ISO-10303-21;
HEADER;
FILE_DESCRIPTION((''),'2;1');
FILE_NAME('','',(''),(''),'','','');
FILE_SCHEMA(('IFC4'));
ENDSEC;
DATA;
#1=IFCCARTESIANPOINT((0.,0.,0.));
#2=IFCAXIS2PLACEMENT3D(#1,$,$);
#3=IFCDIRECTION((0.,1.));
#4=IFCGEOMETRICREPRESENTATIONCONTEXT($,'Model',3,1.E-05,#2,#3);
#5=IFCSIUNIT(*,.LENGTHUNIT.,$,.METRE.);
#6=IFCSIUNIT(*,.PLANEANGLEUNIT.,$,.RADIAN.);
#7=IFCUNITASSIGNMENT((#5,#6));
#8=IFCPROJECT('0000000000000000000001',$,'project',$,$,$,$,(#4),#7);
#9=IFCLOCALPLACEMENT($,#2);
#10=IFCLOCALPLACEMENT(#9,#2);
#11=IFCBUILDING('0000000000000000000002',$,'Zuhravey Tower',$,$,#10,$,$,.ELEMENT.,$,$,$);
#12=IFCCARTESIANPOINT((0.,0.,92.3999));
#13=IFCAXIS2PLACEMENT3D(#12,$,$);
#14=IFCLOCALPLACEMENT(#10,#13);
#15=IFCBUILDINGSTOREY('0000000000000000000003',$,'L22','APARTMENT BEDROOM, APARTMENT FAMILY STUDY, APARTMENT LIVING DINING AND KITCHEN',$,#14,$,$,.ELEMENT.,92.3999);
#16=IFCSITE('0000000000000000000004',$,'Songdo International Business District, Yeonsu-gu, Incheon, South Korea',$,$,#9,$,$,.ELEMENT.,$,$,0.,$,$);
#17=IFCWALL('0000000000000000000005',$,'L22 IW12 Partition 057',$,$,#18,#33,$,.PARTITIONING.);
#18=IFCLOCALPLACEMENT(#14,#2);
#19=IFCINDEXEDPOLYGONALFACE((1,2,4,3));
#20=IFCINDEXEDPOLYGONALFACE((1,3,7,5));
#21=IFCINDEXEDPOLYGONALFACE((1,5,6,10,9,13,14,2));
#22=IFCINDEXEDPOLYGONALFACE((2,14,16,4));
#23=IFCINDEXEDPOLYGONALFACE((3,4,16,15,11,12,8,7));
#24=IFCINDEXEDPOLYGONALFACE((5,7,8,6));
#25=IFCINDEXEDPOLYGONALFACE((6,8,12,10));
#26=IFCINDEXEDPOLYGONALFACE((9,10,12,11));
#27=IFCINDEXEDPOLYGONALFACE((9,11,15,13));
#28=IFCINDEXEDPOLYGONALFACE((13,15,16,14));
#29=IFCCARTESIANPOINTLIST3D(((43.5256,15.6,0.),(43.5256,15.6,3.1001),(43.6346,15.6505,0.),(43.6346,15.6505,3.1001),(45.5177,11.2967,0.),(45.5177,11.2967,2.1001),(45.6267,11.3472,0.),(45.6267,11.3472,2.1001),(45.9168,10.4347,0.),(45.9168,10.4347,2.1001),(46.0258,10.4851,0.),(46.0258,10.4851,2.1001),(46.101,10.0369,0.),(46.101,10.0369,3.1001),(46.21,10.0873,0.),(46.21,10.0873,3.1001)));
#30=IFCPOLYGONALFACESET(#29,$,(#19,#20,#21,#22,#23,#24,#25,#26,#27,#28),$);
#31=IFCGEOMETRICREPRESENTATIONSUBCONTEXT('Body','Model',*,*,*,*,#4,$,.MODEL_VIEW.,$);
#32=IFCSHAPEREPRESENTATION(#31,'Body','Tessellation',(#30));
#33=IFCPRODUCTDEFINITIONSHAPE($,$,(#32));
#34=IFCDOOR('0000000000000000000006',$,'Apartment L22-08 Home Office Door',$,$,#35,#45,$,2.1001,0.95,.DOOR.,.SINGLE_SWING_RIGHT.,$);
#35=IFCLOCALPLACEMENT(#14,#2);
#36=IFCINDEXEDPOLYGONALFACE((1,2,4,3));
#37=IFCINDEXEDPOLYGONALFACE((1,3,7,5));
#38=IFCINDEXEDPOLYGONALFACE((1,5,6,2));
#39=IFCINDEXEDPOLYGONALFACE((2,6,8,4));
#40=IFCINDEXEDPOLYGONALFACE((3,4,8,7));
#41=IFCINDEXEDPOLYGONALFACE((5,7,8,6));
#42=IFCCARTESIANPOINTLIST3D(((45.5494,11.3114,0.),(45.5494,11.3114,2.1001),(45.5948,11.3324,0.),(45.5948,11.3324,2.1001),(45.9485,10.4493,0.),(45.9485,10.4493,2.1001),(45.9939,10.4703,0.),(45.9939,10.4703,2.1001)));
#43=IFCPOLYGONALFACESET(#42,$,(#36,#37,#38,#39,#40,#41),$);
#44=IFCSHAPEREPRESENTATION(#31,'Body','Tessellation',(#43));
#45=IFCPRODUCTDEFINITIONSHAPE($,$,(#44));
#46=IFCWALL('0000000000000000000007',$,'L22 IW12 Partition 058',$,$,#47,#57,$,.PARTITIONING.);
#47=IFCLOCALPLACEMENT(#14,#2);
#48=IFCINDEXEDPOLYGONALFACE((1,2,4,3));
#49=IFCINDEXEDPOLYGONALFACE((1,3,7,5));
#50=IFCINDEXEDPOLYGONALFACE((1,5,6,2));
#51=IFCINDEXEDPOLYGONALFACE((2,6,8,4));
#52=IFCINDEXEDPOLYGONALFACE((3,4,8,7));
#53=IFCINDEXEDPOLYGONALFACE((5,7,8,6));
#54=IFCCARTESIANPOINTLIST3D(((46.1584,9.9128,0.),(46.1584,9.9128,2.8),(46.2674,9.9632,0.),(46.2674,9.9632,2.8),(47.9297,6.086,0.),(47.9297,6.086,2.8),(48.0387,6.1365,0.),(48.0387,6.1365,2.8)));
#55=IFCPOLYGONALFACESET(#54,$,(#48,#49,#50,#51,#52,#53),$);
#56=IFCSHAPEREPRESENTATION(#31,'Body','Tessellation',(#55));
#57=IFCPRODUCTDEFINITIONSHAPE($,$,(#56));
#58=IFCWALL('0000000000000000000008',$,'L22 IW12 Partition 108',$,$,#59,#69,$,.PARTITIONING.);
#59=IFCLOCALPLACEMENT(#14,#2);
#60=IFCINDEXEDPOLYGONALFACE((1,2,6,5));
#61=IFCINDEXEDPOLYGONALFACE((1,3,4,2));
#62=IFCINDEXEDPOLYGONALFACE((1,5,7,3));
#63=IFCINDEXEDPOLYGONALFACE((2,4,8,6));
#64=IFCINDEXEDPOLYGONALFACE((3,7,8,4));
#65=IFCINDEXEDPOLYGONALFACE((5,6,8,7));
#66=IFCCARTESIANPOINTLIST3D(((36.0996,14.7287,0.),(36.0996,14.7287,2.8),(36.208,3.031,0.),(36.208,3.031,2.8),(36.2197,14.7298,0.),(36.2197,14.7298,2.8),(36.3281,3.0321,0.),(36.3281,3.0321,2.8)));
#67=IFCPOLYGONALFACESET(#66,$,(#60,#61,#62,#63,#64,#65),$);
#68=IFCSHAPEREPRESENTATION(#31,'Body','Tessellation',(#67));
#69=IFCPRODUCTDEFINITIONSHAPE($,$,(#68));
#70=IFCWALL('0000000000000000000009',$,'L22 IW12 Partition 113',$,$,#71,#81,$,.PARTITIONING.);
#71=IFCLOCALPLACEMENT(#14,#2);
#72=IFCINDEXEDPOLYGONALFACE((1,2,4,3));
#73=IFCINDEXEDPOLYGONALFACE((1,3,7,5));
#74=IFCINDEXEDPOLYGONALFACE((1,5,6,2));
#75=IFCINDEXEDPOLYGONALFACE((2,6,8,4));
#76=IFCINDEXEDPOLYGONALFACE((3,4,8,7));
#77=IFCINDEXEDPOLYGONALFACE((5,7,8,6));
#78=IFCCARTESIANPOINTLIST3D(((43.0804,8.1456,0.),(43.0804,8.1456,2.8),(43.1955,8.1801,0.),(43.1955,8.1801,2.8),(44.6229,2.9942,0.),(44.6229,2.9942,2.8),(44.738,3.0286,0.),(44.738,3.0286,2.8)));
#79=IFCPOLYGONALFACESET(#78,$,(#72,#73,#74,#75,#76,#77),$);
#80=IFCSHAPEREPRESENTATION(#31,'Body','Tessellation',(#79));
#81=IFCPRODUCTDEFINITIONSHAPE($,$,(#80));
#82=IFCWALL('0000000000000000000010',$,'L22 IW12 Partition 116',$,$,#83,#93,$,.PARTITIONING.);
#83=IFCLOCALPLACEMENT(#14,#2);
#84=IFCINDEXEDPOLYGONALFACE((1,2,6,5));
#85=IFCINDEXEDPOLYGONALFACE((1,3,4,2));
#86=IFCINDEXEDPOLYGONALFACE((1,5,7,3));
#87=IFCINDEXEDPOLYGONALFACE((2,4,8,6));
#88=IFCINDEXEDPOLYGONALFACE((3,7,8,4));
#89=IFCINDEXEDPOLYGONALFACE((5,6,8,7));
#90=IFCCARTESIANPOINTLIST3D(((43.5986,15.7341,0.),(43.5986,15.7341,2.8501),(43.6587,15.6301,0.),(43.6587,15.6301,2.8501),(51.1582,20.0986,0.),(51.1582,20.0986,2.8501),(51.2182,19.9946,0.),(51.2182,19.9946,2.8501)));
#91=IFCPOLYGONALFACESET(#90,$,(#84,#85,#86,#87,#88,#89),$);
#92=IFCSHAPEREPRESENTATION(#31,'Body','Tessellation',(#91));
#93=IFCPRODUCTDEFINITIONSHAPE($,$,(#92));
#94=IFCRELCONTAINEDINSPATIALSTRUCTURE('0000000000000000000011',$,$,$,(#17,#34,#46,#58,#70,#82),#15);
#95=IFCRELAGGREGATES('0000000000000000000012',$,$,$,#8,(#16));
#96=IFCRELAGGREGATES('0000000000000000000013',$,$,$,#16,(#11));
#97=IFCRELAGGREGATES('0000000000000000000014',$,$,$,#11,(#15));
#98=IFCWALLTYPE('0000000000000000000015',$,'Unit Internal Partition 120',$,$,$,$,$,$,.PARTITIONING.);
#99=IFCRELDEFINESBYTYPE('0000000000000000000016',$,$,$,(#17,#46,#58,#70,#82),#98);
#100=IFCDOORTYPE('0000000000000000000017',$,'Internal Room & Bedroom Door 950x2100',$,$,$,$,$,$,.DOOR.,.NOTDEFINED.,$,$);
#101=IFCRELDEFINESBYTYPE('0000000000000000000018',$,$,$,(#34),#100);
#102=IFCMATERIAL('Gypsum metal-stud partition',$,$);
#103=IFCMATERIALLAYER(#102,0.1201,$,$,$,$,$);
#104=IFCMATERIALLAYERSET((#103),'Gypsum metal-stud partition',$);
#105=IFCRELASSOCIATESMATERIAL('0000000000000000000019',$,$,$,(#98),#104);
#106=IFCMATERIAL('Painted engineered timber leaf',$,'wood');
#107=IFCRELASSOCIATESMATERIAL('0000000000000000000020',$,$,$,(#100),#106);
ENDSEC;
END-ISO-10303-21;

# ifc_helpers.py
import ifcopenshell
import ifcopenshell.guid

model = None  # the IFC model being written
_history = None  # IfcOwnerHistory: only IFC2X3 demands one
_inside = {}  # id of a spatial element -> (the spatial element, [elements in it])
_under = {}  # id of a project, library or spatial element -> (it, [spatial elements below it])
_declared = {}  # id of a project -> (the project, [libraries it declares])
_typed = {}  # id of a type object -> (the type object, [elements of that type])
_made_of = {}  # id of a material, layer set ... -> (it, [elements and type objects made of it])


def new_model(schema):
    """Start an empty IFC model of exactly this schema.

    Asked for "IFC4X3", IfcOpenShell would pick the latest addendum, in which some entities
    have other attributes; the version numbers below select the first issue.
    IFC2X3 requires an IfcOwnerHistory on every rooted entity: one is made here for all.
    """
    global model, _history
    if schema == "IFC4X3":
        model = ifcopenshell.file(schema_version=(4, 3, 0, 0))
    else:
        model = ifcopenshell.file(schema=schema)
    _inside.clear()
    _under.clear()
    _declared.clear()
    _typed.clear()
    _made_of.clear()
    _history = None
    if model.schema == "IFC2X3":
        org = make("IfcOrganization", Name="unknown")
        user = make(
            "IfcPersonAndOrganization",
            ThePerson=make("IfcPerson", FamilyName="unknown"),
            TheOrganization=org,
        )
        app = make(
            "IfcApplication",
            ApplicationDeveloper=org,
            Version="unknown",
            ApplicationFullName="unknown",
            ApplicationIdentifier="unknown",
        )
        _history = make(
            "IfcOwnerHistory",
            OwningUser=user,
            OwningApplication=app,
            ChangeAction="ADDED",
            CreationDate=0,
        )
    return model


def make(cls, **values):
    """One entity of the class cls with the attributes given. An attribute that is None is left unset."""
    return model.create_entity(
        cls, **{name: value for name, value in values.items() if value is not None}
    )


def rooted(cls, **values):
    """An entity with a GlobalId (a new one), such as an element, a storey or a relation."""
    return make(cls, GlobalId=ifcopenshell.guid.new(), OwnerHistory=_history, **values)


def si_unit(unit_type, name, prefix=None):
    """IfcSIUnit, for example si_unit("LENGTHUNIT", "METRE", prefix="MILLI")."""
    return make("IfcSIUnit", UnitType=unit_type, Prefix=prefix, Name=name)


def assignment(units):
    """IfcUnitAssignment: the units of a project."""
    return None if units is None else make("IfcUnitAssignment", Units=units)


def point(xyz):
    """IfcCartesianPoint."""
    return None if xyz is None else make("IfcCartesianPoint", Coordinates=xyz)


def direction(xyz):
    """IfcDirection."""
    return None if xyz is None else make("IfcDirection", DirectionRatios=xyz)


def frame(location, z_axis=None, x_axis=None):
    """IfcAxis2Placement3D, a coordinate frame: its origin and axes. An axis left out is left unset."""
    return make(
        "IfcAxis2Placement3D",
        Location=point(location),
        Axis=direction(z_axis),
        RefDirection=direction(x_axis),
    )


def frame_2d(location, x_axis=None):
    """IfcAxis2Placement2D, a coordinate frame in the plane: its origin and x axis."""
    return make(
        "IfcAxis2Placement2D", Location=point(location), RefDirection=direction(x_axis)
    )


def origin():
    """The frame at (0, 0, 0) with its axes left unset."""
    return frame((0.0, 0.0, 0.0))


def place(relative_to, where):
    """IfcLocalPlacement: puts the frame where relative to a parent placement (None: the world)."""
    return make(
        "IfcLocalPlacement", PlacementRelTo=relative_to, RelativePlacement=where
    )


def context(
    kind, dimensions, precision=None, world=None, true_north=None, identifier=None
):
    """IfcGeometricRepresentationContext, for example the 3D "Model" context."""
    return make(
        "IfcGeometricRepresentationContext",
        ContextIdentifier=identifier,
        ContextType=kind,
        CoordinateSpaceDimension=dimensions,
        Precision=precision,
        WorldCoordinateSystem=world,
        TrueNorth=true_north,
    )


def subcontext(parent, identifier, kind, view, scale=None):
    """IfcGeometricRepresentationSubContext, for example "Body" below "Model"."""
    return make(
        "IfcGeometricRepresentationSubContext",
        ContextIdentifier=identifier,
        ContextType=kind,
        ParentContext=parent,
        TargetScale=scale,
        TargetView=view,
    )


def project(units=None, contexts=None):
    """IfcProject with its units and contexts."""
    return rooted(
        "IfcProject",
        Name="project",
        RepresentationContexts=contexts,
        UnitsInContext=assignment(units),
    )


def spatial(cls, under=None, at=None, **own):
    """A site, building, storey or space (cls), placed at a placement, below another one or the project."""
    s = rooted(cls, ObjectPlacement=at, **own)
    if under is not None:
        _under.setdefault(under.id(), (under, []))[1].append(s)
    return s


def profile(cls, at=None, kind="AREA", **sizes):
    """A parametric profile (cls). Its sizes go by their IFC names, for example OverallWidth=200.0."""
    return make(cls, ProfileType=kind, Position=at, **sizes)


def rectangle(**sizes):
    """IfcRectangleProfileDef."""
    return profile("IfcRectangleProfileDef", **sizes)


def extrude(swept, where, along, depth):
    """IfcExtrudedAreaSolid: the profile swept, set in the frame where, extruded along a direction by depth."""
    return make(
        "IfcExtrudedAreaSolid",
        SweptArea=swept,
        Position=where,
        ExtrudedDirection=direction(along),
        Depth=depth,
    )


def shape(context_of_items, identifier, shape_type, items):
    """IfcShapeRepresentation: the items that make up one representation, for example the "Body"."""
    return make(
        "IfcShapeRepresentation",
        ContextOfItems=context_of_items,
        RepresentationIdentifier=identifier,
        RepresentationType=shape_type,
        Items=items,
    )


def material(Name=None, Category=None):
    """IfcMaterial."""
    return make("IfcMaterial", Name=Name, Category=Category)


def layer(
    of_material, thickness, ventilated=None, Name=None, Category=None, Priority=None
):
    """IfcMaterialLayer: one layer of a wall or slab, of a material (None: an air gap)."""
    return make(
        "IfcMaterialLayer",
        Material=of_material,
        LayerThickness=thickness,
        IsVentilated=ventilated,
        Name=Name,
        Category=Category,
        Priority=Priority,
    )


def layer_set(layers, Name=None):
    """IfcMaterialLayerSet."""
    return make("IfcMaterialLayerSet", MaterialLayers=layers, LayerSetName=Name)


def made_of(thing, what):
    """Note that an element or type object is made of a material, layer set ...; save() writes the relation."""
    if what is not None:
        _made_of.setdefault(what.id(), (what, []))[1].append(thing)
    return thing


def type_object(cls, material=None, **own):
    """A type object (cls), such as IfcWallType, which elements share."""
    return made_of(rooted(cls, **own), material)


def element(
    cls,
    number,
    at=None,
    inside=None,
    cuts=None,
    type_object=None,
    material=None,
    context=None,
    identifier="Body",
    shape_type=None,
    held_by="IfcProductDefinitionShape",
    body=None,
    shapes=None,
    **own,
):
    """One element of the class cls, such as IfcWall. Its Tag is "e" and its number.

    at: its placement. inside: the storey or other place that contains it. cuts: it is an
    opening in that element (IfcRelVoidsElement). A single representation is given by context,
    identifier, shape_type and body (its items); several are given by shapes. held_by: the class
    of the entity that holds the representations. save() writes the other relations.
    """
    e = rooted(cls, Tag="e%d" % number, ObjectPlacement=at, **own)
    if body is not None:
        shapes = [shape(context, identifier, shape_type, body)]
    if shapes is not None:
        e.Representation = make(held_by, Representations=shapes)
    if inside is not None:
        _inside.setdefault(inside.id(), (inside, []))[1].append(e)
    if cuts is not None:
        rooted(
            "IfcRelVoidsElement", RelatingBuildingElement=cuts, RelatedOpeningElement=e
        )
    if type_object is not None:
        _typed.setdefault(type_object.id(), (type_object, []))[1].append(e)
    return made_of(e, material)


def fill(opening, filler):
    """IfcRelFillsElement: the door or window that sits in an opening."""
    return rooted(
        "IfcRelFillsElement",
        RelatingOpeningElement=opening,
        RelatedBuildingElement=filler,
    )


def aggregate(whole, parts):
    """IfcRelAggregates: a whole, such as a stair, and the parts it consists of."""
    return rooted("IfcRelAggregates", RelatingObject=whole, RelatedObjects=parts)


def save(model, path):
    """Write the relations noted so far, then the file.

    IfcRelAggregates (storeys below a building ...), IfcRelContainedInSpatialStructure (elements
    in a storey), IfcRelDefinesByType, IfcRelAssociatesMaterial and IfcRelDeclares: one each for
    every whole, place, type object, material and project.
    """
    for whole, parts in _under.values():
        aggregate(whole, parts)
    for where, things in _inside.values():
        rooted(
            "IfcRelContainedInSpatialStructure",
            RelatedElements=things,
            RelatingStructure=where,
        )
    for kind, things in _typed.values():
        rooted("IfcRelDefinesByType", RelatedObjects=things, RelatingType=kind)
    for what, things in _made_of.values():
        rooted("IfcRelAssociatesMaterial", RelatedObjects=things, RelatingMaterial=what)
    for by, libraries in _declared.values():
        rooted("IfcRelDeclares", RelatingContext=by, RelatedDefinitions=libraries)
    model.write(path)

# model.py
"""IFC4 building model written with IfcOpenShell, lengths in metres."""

from ifc_helpers import new_model, si_unit, direction, frame, frame_2d, origin, place, context, subcontext, project, spatial, rectangle, extrude, material, layer, layer_set, type_object, element, fill, save


model = new_model("IFC4")

# Units and contexts
model_context = context("Model", 3, precision=1e-05, world=origin(), true_north=direction((0.0, 1.0)))
body_context = subcontext(model_context, "Body", "Model", "MODEL_VIEW")
ifc_project = project(units=[si_unit("LENGTHUNIT", "METRE"), si_unit("PLANEANGLEUNIT", "RADIAN")], contexts=[model_context])

# Site, building, storey
site_placement = place(None, origin())
site = spatial("IfcSite", under=ifc_project, at=site_placement, Name="Songdo International Business District, Yeonsu-gu, Incheon, South Korea", CompositionType="ELEMENT", RefElevation=0.0)
building_placement = place(site_placement, origin())
building = spatial("IfcBuilding", under=site, at=building_placement, Name="Zuhravey Tower", CompositionType="ELEMENT")
storey_placement = place(building_placement, frame((0.0, 0.0, 92.3999)))
storey = spatial("IfcBuildingStorey", under=building, at=storey_placement, Name="L22", Description="APARTMENT BEDROOM, APARTMENT FAMILY STUDY, APARTMENT LIVING DINING AND KITCHEN", CompositionType="ELEMENT", Elevation=92.3999)

# Shared definitions
ifc_material_1 = material(Name="Gypsum metal-stud partition")
ifc_layer_1 = layer(ifc_material_1, 0.1201)
ifc_layer_set_1 = layer_set([ifc_layer_1], Name="Gypsum metal-stud partition")
wall_type_1 = type_object("IfcWallType", Name="Unit Internal Partition 120", PredefinedType="PARTITIONING", material=ifc_layer_set_1)
ifc_material_2 = material(Name="Painted engineered timber leaf", Category="wood")
door_type_1 = type_object("IfcDoorType", Name="Internal Room & Bedroom Door 950x2100", OperationType="NOTDEFINED", PredefinedType="DOOR", material=ifc_material_2)

# Wall, opening, door
wall_1_placement = place(storey_placement, frame((43.5801, 15.6252, 0.0), z_axis=(0.0, 0.0, 1.0), x_axis=(0.420106, -0.907475, 0.0)))
wall_1 = element("IfcWall", 1, at=wall_1_placement, inside=storey, type_object=wall_type_1, Name="L22 IW12 Partition 057", PredefinedType="PARTITIONING", context=body_context, shape_type="SweptSolid", body=[
    extrude(rectangle(XDim=6.1304, YDim=0.1201, at=frame_2d((3.0652, 0.0))), origin(), (0.0, 0.0, 1.0), 3.1001),
])
opening_1_placement = place(wall_1_placement, frame((4.7419, 0.0, 0.0)))
opening_1 = element("IfcOpeningElement", 2, at=opening_1_placement, cuts=wall_1, PredefinedType="OPENING", context=body_context, shape_type="SweptSolid", body=[
    extrude(rectangle(XDim=0.95, YDim=2.1001, at=frame_2d((0.4751, 1.05))), frame((0.0, 0.072, 0.0), z_axis=(0.0, -1.0, 0.0), x_axis=(1.0, 0.0, 0.0)), (0.0, 0.0, 1.0), 0.144),
])
door_1_placement = place(opening_1_placement, origin())
door_1 = element("IfcDoor", 3, at=door_1_placement, inside=storey, type_object=door_type_1, Name="Apartment L22-08 Home Office Door", OperationType="SINGLE_SWING_RIGHT", OverallHeight=2.1001, OverallWidth=0.95, PredefinedType="DOOR", context=body_context, shape_type="SweptSolid", body=[
    extrude(rectangle(XDim=0.95, YDim=2.1001, at=frame_2d((0.4751, 1.05))), frame((0.0, 0.0249, 0.0), z_axis=(0.0, -1.0, 0.0), x_axis=(1.0, 0.0, 0.0)), (0.0, 0.0, 1.0), 0.05),
])
fill(opening_1, door_1)

# Walls
wall_2_placement = place(storey_placement, frame((46.2129, 9.938, 0.0), z_axis=(0.0, 0.0, 1.0), x_axis=(0.420053, -0.9075, 0.0)))
element("IfcWall", 4, at=wall_2_placement, inside=storey, type_object=wall_type_1, Name="L22 IW12 Partition 058", PredefinedType="PARTITIONING", context=body_context, shape_type="SweptSolid", body=[
    extrude(rectangle(XDim=4.2168, YDim=0.1201, at=frame_2d((2.1084, 0.0))), origin(), (0.0, 0.0, 1.0), 2.8),
])
wall_3_placement = place(storey_placement, frame((36.1597, 14.7292, 0.0), z_axis=(0.0, 0.0, 1.0), x_axis=(0.009266, -0.999957, 0.0)))
element("IfcWall", 5, at=wall_3_placement, inside=storey, type_object=wall_type_1, Name="L22 IW12 Partition 108", PredefinedType="PARTITIONING", context=body_context, shape_type="SweptSolid", body=[
    extrude(rectangle(XDim=11.6982, YDim=0.1201, at=frame_2d((5.8491, 0.0))), origin(), (0.0, 0.0, 1.0), 2.8),
])
wall_4_placement = place(storey_placement, frame((43.1379, 8.1628, 0.0), z_axis=(0.0, 0.0, 1.0), x_axis=(0.286848, -0.957976, 0.0)))
element("IfcWall", 6, at=wall_4_placement, inside=storey, type_object=wall_type_1, Name="L22 IW12 Partition 113", PredefinedType="PARTITIONING", context=body_context, shape_type="SweptSolid", body=[
    extrude(rectangle(XDim=5.3774, YDim=0.1201, at=frame_2d((2.6887, 0.0))), origin(), (0.0, 0.0, 1.0), 2.8),
])
wall_5_placement = place(storey_placement, frame((43.6287, 15.6821, 0.0), z_axis=(0.0, 0.0, 1.0), x_axis=(0.866026, 0.499998, 0.0)))
element("IfcWall", 7, at=wall_5_placement, inside=storey, type_object=wall_type_1, Name="L22 IW12 Partition 116", PredefinedType="PARTITIONING", context=body_context, shape_type="SweptSolid", body=[
    extrude(rectangle(XDim=8.729, YDim=0.1201, at=frame_2d((4.3645, 0.0))), origin(), (0.0, 0.0, 1.0), 2.8501),
])

save(model, "model.ifc")
